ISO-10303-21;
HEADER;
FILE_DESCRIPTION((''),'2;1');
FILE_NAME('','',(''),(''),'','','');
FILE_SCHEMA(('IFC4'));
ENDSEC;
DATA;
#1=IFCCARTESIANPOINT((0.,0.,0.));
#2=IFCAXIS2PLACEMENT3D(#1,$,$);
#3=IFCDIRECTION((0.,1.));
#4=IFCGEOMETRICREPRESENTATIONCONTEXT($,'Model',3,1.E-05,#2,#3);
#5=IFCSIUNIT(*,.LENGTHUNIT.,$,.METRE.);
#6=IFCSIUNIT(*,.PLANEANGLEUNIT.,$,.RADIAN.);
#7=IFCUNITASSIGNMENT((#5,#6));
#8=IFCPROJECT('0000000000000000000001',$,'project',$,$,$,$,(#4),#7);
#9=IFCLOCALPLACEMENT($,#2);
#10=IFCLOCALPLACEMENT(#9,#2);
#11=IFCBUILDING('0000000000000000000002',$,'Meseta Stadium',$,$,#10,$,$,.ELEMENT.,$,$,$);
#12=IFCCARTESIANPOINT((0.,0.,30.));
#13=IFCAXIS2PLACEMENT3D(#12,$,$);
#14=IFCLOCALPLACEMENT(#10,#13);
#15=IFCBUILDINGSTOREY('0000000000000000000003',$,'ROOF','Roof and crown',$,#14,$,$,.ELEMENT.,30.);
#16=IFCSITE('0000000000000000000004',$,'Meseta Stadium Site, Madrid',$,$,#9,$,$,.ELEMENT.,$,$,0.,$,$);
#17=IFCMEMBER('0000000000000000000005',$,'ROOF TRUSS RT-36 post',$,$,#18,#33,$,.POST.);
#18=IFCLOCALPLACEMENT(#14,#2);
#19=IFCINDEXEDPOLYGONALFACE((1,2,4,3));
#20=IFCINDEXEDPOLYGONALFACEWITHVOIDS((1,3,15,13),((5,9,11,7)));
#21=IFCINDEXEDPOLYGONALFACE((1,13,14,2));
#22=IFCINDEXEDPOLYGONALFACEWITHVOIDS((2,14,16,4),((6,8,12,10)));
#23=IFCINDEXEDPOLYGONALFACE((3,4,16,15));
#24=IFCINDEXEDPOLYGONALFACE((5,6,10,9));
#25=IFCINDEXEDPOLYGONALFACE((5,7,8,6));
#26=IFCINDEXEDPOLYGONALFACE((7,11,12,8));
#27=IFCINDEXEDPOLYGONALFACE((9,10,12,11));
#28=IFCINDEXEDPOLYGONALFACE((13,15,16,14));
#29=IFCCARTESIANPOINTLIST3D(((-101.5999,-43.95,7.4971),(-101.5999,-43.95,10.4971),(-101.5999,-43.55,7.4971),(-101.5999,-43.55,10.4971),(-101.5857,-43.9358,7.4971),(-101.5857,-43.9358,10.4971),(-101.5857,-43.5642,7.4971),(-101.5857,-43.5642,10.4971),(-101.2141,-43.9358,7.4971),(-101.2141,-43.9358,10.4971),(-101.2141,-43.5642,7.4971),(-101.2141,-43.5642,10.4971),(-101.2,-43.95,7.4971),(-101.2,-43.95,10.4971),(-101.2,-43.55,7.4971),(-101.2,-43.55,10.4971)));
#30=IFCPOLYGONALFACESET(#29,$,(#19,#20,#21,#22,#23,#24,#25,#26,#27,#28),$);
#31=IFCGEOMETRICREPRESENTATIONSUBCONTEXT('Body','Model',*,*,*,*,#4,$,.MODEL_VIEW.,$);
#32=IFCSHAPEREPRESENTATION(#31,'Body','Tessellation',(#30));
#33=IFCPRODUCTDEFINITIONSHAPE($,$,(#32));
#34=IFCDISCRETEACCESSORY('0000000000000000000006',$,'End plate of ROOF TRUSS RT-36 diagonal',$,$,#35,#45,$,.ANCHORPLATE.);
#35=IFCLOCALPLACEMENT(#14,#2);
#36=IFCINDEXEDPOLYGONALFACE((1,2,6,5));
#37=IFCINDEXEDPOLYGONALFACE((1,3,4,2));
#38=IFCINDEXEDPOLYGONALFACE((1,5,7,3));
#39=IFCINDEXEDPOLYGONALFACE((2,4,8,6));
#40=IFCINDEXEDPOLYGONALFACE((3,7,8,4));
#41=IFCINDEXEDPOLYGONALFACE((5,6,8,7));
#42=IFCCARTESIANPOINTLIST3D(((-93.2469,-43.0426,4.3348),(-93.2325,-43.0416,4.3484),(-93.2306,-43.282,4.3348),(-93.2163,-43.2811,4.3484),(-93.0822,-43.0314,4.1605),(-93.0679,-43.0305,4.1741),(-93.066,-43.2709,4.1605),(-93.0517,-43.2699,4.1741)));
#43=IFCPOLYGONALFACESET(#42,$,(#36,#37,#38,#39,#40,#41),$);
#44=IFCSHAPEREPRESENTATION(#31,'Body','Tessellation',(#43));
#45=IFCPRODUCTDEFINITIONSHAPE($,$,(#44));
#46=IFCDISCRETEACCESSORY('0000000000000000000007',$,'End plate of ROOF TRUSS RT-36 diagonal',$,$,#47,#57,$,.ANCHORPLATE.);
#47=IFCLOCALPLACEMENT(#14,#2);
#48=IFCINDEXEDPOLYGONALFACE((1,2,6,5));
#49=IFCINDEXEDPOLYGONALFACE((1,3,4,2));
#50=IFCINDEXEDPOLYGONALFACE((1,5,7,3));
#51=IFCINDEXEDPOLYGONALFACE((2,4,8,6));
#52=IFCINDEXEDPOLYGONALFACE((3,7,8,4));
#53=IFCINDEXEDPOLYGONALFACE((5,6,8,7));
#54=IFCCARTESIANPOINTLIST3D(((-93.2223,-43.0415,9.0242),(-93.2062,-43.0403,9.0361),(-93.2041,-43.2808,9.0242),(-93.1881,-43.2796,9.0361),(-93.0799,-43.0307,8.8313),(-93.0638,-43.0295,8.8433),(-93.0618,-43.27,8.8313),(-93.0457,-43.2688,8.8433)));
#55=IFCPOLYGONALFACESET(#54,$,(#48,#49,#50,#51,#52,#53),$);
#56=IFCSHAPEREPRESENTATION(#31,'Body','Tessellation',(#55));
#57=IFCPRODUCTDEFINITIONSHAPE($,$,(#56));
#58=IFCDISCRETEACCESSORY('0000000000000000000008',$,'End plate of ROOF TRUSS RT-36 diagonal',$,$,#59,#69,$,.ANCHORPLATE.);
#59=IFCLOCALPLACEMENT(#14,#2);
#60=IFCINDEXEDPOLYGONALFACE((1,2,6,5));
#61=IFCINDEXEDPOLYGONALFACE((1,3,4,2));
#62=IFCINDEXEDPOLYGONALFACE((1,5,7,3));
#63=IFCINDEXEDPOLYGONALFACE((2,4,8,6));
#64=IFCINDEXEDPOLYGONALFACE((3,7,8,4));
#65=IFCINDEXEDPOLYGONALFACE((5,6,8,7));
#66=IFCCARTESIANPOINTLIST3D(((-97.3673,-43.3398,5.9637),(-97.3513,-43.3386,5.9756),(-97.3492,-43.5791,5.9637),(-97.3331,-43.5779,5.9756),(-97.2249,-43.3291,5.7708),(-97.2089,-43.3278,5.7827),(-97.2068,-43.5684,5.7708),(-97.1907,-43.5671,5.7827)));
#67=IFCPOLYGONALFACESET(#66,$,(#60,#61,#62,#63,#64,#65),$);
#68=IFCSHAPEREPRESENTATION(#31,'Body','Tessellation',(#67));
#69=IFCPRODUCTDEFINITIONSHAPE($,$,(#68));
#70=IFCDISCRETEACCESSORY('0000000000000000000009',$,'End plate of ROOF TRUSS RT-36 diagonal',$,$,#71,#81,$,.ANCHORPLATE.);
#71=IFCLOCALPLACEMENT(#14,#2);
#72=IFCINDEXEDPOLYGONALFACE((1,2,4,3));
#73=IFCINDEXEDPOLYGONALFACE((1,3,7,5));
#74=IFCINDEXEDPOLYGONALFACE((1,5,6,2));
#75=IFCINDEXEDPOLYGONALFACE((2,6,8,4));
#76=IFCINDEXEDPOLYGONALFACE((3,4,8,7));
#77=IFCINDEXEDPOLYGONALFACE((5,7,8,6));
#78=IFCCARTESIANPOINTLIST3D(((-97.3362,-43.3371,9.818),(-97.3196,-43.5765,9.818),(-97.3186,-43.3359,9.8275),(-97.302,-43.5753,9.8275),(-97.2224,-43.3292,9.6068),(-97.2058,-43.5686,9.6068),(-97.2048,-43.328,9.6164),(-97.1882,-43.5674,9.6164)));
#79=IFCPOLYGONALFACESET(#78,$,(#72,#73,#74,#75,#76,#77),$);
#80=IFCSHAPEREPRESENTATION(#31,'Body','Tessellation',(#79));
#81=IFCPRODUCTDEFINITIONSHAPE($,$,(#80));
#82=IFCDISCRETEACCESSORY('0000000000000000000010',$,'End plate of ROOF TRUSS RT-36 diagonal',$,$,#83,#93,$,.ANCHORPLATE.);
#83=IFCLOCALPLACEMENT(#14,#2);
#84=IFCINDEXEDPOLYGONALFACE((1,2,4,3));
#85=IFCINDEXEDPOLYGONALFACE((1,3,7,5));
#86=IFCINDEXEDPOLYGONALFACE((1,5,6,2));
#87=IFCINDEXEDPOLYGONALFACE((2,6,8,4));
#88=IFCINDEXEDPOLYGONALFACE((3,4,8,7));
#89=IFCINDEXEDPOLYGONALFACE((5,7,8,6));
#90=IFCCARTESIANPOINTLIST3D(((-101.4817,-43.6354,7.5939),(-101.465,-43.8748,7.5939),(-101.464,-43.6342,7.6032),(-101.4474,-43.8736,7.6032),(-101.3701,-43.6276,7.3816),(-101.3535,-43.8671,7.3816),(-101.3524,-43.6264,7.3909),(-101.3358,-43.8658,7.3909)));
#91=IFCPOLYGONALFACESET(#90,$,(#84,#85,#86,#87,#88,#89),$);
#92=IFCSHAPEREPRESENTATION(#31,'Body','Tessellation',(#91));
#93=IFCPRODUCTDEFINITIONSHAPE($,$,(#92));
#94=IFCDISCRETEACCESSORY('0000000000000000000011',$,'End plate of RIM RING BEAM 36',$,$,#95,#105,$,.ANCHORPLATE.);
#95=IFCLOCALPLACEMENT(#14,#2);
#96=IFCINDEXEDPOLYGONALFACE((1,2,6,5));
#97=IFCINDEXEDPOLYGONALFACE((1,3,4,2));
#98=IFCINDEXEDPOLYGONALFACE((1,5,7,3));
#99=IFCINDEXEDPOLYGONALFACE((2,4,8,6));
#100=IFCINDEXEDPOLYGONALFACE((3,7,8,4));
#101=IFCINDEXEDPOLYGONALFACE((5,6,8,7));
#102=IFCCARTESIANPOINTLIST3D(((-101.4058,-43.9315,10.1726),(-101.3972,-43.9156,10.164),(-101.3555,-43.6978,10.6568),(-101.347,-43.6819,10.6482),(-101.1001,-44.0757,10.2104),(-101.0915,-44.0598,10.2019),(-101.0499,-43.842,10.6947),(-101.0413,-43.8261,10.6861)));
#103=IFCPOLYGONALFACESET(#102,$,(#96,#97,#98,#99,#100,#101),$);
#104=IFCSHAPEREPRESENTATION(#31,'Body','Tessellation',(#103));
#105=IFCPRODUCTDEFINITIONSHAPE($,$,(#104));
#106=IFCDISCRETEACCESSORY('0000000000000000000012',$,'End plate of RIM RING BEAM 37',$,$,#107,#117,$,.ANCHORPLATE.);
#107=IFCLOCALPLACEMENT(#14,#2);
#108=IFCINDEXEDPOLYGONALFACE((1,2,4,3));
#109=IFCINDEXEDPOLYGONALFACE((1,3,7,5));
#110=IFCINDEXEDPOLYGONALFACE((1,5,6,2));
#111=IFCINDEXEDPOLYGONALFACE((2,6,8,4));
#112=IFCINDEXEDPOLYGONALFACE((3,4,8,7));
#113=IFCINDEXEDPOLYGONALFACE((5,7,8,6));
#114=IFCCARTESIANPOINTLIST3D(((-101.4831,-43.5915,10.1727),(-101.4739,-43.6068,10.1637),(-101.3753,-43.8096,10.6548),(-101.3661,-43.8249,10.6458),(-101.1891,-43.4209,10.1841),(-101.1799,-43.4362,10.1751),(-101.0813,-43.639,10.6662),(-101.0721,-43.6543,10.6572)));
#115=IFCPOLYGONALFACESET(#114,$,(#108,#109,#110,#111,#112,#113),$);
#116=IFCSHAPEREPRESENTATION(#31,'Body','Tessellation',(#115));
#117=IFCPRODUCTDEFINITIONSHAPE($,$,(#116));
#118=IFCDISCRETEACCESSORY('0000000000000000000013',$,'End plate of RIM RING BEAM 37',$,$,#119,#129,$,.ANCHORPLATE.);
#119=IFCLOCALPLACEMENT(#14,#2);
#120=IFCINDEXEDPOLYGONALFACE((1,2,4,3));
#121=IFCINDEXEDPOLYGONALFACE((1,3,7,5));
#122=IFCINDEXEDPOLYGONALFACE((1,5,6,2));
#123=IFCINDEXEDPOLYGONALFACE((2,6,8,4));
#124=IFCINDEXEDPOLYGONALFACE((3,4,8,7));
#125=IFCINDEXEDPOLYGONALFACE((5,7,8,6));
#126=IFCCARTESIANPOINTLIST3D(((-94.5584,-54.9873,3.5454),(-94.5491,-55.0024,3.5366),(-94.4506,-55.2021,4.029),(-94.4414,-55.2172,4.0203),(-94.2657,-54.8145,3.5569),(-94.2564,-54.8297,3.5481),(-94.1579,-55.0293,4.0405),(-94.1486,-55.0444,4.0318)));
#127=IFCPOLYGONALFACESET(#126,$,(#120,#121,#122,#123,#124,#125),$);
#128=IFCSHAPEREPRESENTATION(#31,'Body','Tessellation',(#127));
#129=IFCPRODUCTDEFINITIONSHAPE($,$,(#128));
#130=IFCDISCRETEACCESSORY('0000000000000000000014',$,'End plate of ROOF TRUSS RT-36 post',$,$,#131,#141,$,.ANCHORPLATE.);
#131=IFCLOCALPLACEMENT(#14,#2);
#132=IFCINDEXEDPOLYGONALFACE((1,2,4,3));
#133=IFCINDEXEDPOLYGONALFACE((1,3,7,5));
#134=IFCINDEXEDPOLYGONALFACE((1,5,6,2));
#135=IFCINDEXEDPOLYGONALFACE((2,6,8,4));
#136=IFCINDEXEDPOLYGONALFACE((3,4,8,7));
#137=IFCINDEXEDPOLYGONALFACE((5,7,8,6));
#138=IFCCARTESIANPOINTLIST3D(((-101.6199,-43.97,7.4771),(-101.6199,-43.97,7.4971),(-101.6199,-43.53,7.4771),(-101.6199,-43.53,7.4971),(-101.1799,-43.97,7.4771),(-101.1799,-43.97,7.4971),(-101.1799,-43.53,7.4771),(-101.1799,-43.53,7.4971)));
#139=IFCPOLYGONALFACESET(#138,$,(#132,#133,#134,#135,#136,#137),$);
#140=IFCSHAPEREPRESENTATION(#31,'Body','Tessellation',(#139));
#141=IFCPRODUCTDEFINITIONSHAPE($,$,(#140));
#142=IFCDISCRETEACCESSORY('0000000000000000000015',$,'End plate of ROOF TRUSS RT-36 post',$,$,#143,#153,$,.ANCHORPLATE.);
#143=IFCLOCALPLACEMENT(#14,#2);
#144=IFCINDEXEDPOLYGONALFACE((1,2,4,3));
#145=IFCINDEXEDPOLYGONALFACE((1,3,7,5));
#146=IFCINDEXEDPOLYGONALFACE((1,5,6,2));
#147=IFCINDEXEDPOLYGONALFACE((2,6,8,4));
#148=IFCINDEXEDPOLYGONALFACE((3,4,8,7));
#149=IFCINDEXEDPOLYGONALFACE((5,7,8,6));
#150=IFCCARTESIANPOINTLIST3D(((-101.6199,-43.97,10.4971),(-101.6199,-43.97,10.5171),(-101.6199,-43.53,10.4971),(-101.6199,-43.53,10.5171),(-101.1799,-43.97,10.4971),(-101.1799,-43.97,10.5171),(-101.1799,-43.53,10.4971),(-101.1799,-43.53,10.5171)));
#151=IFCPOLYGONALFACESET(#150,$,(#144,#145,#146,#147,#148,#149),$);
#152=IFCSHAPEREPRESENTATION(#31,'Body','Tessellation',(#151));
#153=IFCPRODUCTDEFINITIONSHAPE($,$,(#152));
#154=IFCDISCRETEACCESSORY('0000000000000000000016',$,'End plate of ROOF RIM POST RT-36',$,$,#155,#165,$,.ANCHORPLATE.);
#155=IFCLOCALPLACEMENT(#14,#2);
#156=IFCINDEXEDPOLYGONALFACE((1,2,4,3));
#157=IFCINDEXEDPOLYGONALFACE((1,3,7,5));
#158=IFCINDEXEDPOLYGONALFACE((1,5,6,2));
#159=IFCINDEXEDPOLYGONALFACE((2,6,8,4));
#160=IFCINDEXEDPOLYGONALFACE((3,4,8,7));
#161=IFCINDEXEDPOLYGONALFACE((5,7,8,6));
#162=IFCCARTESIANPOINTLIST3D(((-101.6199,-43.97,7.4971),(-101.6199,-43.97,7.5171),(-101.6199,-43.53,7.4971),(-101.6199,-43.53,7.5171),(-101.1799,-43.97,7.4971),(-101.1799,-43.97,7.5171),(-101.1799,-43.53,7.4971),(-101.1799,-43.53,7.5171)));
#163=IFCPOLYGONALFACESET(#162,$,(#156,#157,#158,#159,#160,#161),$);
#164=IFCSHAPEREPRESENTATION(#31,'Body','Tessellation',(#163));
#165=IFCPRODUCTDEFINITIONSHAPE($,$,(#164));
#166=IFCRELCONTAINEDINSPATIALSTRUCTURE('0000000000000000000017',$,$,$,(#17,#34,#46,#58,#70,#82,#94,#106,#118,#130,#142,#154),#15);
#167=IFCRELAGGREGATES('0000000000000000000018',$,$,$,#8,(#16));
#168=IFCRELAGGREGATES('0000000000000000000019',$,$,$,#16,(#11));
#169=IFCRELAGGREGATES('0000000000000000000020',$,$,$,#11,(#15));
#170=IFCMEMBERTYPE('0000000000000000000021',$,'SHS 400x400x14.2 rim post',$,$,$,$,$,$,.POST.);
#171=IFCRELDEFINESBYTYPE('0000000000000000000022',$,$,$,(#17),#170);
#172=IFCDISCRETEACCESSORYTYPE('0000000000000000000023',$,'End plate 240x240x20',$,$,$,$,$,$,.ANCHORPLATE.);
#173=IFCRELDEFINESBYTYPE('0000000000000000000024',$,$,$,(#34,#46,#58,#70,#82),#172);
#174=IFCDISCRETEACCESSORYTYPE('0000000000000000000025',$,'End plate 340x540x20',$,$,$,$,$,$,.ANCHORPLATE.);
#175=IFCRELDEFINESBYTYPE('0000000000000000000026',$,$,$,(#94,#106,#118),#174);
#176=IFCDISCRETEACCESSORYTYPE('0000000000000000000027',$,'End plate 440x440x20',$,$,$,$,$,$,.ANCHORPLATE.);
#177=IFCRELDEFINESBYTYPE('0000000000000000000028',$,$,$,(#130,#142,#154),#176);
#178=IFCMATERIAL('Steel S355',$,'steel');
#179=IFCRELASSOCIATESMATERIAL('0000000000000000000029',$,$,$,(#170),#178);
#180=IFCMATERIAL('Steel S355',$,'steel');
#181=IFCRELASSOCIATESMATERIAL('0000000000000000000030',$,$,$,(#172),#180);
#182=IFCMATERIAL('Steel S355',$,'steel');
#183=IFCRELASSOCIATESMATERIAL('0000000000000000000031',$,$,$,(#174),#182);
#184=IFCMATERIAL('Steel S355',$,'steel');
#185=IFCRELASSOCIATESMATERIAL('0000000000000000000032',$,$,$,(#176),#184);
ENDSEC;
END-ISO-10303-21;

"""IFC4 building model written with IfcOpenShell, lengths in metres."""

from ifc_helpers import new_model, si_unit, direction, frame, origin, origin_2d, place, context, subcontext, project, spatial, rectangle, hollow_rectangle, extrude, material, material_profile, profile_set, type_object, element, save


model = new_model("IFC4")

# Units and contexts
model_context = context("Model", 3, precision=1e-05, world=origin(), true_north=direction((0.0, 1.0)))
body_context = subcontext(model_context, "Body", "Model", "MODEL_VIEW")
ifc_project = project(units=[si_unit("LENGTHUNIT", "METRE"), si_unit("PLANEANGLEUNIT", "RADIAN")], contexts=[model_context])

# Site, building, storey
site_placement = place(None, origin())
site = spatial("IfcSite", under=ifc_project, at=site_placement, Name="Meseta Stadium Site, Madrid", CompositionType="ELEMENT", RefElevation=0.0)
building_placement = place(site_placement, origin())
building = spatial("IfcBuilding", under=site, at=building_placement, Name="Meseta Stadium", CompositionType="ELEMENT")
storey_placement = place(building_placement, frame((0.0, 0.0, 30.0)))
storey = spatial("IfcBuildingStorey", under=building, at=storey_placement, Name="ROOF", Description="Roof and crown", CompositionType="ELEMENT", Elevation=30.0)

# Member
ifc_material_1 = material(Name="Steel S355", Category="steel")
ifc_material_profile_1 = material_profile(ifc_material_1, hollow_rectangle(XDim=0.3999, YDim=0.3999, WallThickness=0.0142, at=origin_2d()), Name="SHS 400x400x14.2")
ifc_profile_set_1 = profile_set([ifc_material_profile_1], Name="Steel S355")
member_type_1 = type_object("IfcMemberType", Name="SHS 400x400x14.2 rim post", PredefinedType="POST", material=ifc_profile_set_1)
member_1_placement = place(storey_placement, frame((-101.3999, -43.75, 7.4971), z_axis=(0.0, 0.0, 1.0), x_axis=(1.0, 0.0, 0.0)))
element("IfcMember", 1, at=member_1_placement, inside=storey, type_object=member_type_1, Name="ROOF TRUSS RT-36 post", PredefinedType="POST", context=body_context, shape_type="SweptSolid", body=[
    extrude(hollow_rectangle(XDim=0.3999, YDim=0.3999, WallThickness=0.0142, at=origin_2d()), origin(), (0.0, 0.0, 1.0), 3.0),
])

# Discrete accessories
ifc_material_2 = material(Name="Steel S355", Category="steel")
ifc_material_profile_2 = material_profile(ifc_material_2, rectangle(XDim=0.24, YDim=0.24, at=origin_2d()), Name="PL 240x240")
ifc_profile_set_2 = profile_set([ifc_material_profile_2], Name="Steel S355")
discrete_accessory_type_1 = type_object("IfcDiscreteAccessoryType", Name="End plate 240x240x20", PredefinedType="ANCHORPLATE", material=ifc_profile_set_2)
discrete_accessory_1_placement = place(storey_placement, frame((-93.1421, -43.1558, 4.2612), z_axis=(-0.724431, -0.049114, -0.687596), x_axis=(0.067641, -0.99771, 0.0)))
element("IfcDiscreteAccessory", 2, at=discrete_accessory_1_placement, inside=storey, type_object=discrete_accessory_type_1, Name="End plate of ROOF TRUSS RT-36 diagonal", PredefinedType="ANCHORPLATE", context=body_context, shape_type="SweptSolid", body=[
    extrude(rectangle(XDim=0.24, YDim=0.24, at=origin_2d()), origin(), (0.0, 0.0, 1.0), 0.0198),
])
for number, where, z_axis, x_axis, name in (
    (3, (-93.126, -43.1545, 8.9397), (-0.801429, -0.060714, -0.595), (0.075541, -0.997143, 0.0), "End plate of ROOF TRUSS RT-36 diagonal"),
    (4, (-97.271, -43.4529, 5.8792), (-0.801429, -0.060714, -0.595), (0.075541, -0.997143, 0.0), "End plate of ROOF TRUSS RT-36 diagonal"),
    (5, (-97.2534, -43.4517, 9.7219), (-0.877657, -0.060948, -0.475398), (0.069278, -0.997597, 0.0), "End plate of ROOF TRUSS RT-36 diagonal"),
    (6, (-101.3999, -43.75, 7.4971), (-0.882722, -0.0613, -0.465881), (0.069278, -0.997597, 0.0), "End plate of ROOF TRUSS RT-36 diagonal"),
):
    element("IfcDiscreteAccessory", number, at=place(storey_placement, frame(where, z_axis=z_axis, x_axis=x_axis)), inside=storey, type_object=discrete_accessory_type_1, Name=name, PredefinedType="ANCHORPLATE", context=body_context, shape_type="SweptSolid", body=[
        extrude(rectangle(XDim=0.24, YDim=0.24, at=origin_2d()), origin(), (0.0, 0.0, 1.0), 0.02),
    ])
ifc_material_3 = material(Name="Steel S355", Category="steel")
ifc_material_profile_3 = material_profile(ifc_material_3, rectangle(XDim=0.3401, YDim=0.54, at=origin_2d()), Name="PL 340x540")
ifc_profile_set_3 = profile_set([ifc_material_profile_3], Name="Steel S355")
discrete_accessory_type_2 = type_object("IfcDiscreteAccessoryType", Name="End plate 340x540x20", PredefinedType="ANCHORPLATE", material=ifc_profile_set_3)
for number, where, z_axis, x_axis, name in (
    (7, (-101.2192, -43.8708, 10.425), (-0.428393, -0.795587, 0.428393), (0.898795, -0.423974, 0.111416), "End plate of RIM RING BEAM 36"),
    (8, (-101.2822, -43.6152, 10.4194), (0.461429, -0.765, -0.449286), (0.864424, 0.501636, 0.033649), "End plate of RIM RING BEAM 37"),
):
    element("IfcDiscreteAccessory", number, at=place(storey_placement, frame(where, z_axis=z_axis, x_axis=x_axis)), inside=storey, type_object=discrete_accessory_type_2, Name=name, PredefinedType="ANCHORPLATE", context=body_context, shape_type="SweptSolid", body=[
        extrude(rectangle(XDim=0.3401, YDim=0.54, at=origin_2d()), origin(), (0.0, 0.0, 1.0), 0.02),
    ])
discrete_accessory_2_placement = place(storey_placement, frame((-94.3582, -55.0083, 3.793), z_axis=(0.468316, -0.764094, -0.443667), x_axis=(0.860729, 0.507944, 0.033755)))
element("IfcDiscreteAccessory", 9, at=discrete_accessory_2_placement, inside=storey, type_object=discrete_accessory_type_2, Name="End plate of RIM RING BEAM 37", PredefinedType="ANCHORPLATE", context=body_context, shape_type="SweptSolid", body=[
    extrude(rectangle(XDim=0.3401, YDim=0.54, at=origin_2d()), origin(), (0.0, 0.0, 1.0), 0.0198),
])
ifc_material_4 = material(Name="Steel S355", Category="steel")
ifc_material_profile_4 = material_profile(ifc_material_4, rectangle(XDim=0.4399, YDim=0.4399, at=origin_2d()), Name="PL 440x440")
ifc_profile_set_4 = profile_set([ifc_material_profile_4], Name="Steel S355")
discrete_accessory_type_3 = type_object("IfcDiscreteAccessoryType", Name="End plate 440x440x20", PredefinedType="ANCHORPLATE", material=ifc_profile_set_4)
for number, where, z_axis, x_axis, name in (
    (10, (-101.3999, -43.75, 7.4771), (0.0, 0.0, 1.0), (1.0, 0.0, 0.0), "End plate of ROOF TRUSS RT-36 post"),
    (11, (-101.3999, -43.75, 10.4971), (0.0, 0.0, 1.0), (1.0, 0.0, 0.0), "End plate of ROOF TRUSS RT-36 post"),
    (12, (-101.3999, -43.75, 7.4971), (0.0, 0.0, 1.0), (1.0, 0.0, 0.0), "End plate of ROOF RIM POST RT-36"),
):
    element("IfcDiscreteAccessory", number, at=place(storey_placement, frame(where, z_axis=z_axis, x_axis=x_axis)), inside=storey, type_object=discrete_accessory_type_3, Name=name, PredefinedType="ANCHORPLATE", context=body_context, shape_type="SweptSolid", body=[
        extrude(rectangle(XDim=0.4399, YDim=0.4399, at=origin_2d()), origin(), (0.0, 0.0, 1.0), 0.02),
    ])

save(model, "model.ifc")
